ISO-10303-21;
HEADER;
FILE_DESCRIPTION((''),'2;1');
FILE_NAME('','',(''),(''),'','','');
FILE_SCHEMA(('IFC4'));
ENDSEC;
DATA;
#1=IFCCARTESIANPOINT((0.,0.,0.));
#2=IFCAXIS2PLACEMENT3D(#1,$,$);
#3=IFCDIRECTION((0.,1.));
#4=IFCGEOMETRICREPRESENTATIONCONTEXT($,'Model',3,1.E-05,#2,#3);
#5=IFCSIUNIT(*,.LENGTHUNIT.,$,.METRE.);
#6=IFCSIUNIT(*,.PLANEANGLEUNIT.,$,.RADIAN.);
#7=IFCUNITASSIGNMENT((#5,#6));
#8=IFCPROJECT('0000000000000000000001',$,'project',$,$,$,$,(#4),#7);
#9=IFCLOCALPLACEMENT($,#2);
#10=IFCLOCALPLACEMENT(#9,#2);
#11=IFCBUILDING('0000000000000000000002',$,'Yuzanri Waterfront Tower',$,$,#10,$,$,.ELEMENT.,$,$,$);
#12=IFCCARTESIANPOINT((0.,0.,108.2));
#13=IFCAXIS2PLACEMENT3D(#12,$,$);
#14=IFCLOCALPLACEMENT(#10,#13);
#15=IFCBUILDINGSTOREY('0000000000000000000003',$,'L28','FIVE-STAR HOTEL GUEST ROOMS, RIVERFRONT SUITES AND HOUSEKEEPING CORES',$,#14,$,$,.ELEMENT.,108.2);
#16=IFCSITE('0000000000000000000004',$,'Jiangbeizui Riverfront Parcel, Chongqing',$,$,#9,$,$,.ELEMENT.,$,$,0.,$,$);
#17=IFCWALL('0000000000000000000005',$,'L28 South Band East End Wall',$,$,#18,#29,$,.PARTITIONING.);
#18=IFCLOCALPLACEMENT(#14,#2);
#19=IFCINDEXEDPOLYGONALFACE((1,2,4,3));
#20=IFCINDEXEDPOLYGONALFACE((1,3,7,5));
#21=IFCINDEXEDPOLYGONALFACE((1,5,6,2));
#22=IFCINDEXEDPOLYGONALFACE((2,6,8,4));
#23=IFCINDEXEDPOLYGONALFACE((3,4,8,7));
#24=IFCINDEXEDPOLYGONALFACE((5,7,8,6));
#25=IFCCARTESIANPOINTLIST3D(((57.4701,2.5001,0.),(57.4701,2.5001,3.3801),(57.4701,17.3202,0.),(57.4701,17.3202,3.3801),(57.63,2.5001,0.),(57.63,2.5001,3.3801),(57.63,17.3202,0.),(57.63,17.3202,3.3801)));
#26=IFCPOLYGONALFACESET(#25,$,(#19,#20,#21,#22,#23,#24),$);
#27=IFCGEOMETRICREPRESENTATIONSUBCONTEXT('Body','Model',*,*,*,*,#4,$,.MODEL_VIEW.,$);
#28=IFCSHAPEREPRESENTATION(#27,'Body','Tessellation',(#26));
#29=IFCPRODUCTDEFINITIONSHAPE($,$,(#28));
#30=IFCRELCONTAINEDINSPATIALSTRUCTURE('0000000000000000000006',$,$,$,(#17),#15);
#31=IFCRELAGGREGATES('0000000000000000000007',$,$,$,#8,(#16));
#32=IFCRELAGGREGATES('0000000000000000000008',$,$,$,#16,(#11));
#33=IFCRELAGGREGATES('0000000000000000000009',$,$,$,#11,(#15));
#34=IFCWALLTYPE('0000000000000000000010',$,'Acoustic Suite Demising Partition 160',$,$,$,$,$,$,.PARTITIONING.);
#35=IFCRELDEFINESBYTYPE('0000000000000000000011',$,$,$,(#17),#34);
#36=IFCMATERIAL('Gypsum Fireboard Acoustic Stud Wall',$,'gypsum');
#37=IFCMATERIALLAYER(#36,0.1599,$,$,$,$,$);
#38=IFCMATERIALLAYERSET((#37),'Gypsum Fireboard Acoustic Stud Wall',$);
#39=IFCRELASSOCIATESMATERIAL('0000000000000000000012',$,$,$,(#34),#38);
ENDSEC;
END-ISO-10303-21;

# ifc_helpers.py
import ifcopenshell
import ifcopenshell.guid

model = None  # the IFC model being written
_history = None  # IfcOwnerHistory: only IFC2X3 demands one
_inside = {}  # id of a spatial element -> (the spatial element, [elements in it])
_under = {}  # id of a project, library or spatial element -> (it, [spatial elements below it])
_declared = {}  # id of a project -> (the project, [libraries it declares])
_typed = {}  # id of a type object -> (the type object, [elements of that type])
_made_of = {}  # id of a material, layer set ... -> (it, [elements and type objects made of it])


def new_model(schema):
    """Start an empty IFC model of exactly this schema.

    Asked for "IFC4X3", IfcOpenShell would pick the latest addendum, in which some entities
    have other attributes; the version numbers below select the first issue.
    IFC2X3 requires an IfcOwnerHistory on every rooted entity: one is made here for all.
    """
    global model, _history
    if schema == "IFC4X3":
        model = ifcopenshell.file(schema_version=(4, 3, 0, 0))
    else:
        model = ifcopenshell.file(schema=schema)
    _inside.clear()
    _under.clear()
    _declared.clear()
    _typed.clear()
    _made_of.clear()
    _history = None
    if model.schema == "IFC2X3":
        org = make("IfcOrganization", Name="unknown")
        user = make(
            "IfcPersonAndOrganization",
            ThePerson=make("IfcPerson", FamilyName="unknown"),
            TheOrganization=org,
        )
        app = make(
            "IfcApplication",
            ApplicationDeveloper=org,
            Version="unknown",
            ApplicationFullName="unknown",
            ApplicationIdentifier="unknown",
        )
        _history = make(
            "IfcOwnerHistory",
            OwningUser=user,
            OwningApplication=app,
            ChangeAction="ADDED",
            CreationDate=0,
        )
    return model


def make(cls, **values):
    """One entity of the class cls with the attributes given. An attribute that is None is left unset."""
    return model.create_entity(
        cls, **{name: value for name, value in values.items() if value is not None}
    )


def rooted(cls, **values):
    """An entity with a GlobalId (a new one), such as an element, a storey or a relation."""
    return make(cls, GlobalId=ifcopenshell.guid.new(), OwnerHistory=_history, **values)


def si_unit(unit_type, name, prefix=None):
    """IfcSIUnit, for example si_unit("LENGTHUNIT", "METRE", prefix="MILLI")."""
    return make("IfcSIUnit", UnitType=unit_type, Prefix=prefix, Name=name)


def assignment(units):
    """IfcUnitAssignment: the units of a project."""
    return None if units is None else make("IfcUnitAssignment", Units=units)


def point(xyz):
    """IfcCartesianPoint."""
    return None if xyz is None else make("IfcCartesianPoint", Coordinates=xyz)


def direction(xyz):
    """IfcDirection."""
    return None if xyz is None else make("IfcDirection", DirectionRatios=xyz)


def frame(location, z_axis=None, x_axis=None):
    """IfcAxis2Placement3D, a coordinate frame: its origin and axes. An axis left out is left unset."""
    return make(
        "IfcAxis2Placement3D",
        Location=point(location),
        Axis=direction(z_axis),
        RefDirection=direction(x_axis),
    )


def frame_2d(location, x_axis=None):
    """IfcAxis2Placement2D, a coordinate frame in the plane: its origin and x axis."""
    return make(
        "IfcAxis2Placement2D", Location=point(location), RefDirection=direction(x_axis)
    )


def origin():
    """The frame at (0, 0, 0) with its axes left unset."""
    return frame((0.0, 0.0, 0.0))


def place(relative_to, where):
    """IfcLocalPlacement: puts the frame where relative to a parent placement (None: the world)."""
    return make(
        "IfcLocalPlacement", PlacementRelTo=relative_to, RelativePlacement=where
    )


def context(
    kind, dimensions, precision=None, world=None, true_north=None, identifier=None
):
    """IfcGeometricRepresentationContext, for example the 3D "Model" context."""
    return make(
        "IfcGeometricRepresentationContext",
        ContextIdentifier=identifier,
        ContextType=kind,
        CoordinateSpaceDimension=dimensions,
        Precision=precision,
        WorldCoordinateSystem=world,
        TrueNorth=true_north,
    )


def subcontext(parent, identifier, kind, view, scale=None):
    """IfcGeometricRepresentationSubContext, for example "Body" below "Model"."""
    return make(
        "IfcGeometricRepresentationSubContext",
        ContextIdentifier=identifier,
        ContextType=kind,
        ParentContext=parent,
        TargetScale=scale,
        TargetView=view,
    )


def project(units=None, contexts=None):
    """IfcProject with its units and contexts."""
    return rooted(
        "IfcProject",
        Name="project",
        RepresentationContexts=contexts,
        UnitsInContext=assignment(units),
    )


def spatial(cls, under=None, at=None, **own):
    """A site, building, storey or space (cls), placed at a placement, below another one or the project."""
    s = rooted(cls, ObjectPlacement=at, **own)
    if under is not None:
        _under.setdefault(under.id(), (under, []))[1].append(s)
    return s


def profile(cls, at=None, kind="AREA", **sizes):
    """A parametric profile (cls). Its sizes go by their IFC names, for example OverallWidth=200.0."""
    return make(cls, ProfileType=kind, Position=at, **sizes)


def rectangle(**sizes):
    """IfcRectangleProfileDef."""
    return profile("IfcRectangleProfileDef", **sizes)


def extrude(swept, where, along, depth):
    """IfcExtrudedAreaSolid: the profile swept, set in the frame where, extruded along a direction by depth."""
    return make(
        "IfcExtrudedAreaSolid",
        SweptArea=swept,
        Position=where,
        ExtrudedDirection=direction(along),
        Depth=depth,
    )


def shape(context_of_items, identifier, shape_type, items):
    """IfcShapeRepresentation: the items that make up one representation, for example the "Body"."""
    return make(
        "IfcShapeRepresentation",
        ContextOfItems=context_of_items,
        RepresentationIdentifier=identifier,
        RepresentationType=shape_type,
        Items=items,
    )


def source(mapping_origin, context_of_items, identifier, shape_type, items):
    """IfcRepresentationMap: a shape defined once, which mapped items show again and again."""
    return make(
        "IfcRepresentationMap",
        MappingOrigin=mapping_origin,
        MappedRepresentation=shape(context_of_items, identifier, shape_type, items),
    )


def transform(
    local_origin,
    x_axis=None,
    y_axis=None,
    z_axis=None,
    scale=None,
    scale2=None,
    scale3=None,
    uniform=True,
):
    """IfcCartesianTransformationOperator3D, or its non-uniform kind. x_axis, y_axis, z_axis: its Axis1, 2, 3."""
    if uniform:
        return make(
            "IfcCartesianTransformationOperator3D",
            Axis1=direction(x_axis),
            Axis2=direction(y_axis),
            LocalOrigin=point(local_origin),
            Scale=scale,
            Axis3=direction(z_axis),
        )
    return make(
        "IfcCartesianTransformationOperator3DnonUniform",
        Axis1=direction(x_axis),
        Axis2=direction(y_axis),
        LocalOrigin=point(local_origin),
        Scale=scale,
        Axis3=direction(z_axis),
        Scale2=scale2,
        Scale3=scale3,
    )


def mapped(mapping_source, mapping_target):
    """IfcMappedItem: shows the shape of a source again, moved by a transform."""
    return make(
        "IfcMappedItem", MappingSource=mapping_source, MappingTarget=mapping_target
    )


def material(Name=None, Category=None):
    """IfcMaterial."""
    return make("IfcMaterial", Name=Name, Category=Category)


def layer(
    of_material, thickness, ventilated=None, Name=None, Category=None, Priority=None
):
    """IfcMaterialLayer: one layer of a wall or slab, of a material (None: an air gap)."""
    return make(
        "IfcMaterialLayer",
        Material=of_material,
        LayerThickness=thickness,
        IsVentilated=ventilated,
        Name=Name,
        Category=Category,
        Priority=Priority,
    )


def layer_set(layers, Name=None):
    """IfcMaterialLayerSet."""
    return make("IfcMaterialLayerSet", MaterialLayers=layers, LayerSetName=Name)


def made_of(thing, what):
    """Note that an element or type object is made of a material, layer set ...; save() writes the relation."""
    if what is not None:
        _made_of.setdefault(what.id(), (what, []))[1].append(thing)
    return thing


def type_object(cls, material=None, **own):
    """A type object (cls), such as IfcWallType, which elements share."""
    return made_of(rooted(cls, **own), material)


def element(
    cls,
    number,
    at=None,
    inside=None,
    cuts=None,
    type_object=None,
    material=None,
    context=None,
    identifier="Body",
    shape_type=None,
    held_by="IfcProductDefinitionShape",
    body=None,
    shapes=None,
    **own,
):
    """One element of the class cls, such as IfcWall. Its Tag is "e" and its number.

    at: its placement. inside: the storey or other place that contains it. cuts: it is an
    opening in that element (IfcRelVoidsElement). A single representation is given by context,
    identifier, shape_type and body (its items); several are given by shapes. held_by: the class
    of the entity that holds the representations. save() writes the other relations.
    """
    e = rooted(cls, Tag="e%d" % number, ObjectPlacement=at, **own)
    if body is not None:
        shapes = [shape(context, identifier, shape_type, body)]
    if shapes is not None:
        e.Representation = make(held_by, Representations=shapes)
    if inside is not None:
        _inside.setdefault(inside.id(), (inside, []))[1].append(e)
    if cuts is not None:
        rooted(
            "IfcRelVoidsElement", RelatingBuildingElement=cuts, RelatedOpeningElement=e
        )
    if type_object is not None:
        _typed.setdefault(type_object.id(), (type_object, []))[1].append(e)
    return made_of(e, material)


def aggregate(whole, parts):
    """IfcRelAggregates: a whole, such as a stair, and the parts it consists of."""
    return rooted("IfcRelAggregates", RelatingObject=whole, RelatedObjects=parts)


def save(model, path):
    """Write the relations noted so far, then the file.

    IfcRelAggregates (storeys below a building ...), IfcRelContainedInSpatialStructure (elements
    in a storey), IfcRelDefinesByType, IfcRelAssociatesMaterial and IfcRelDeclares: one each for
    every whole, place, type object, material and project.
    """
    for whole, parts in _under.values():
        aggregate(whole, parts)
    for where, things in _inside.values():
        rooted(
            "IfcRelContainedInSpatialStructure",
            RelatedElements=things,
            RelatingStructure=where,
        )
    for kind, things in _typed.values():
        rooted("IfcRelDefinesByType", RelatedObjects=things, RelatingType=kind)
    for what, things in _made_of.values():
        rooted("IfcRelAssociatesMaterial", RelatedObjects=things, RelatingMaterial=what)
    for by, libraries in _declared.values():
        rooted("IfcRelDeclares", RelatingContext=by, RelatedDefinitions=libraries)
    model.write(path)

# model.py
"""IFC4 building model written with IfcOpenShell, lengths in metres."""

from ifc_helpers import new_model, si_unit, direction, frame, frame_2d, origin, place, context, subcontext, project, spatial, rectangle, extrude, source, transform, mapped, material, layer, layer_set, type_object, element, save


model = new_model("IFC4")

# Units and contexts
model_context = context("Model", 3, precision=1e-05, world=origin(), true_north=direction((0.0, 1.0)))
body_context = subcontext(model_context, "Body", "Model", "MODEL_VIEW")
ifc_project = project(units=[si_unit("LENGTHUNIT", "METRE"), si_unit("PLANEANGLEUNIT", "RADIAN")], contexts=[model_context])

# Site, building, storey
site_placement = place(None, origin())
site = spatial("IfcSite", under=ifc_project, at=site_placement, Name="Jiangbeizui Riverfront Parcel, Chongqing", CompositionType="ELEMENT", RefElevation=0.0)
building_placement = place(site_placement, origin())
building = spatial("IfcBuilding", under=site, at=building_placement, Name="Yuzanri Waterfront Tower", CompositionType="ELEMENT")
storey_placement = place(building_placement, frame((0.0, 0.0, 108.2)))
storey = spatial("IfcBuildingStorey", under=building, at=storey_placement, Name="L28", Description="FIVE-STAR HOTEL GUEST ROOMS, RIVERFRONT SUITES AND HOUSEKEEPING CORES", CompositionType="ELEMENT", Elevation=108.2)

# Wall
ifc_material_1 = material(Name="Gypsum Fireboard Acoustic Stud Wall", Category="gypsum")
ifc_layer_1 = layer(ifc_material_1, 0.1599)
ifc_layer_set_1 = layer_set([ifc_layer_1], Name="Gypsum Fireboard Acoustic Stud Wall")
wall_type_1 = type_object("IfcWallType", Name="Acoustic Suite Demising Partition 160", PredefinedType="PARTITIONING", material=ifc_layer_set_1)
shared_shape_1 = source(origin(), body_context, "Body", "SweptSolid", [
    extrude(rectangle(XDim=14.8201, YDim=0.1599, at=frame_2d((7.4102, 0.0))), origin(), (0.0, 0.0, 1.0), 3.3801),
])
wall_1_placement = place(storey_placement, frame((57.55, 2.5, 0.0), z_axis=(0.0, 0.0, 1.0), x_axis=(0.0, 1.0, 0.0)))
element("IfcWall", 1, at=wall_1_placement, inside=storey, type_object=wall_type_1, Name="L28 South Band East End Wall", PredefinedType="PARTITIONING", context=body_context, shape_type="MappedRepresentation", body=[
    mapped(shared_shape_1, transform((0.0, 0.0, 0.0), scale=1.0)),
])

save(model, "model.ifc")
